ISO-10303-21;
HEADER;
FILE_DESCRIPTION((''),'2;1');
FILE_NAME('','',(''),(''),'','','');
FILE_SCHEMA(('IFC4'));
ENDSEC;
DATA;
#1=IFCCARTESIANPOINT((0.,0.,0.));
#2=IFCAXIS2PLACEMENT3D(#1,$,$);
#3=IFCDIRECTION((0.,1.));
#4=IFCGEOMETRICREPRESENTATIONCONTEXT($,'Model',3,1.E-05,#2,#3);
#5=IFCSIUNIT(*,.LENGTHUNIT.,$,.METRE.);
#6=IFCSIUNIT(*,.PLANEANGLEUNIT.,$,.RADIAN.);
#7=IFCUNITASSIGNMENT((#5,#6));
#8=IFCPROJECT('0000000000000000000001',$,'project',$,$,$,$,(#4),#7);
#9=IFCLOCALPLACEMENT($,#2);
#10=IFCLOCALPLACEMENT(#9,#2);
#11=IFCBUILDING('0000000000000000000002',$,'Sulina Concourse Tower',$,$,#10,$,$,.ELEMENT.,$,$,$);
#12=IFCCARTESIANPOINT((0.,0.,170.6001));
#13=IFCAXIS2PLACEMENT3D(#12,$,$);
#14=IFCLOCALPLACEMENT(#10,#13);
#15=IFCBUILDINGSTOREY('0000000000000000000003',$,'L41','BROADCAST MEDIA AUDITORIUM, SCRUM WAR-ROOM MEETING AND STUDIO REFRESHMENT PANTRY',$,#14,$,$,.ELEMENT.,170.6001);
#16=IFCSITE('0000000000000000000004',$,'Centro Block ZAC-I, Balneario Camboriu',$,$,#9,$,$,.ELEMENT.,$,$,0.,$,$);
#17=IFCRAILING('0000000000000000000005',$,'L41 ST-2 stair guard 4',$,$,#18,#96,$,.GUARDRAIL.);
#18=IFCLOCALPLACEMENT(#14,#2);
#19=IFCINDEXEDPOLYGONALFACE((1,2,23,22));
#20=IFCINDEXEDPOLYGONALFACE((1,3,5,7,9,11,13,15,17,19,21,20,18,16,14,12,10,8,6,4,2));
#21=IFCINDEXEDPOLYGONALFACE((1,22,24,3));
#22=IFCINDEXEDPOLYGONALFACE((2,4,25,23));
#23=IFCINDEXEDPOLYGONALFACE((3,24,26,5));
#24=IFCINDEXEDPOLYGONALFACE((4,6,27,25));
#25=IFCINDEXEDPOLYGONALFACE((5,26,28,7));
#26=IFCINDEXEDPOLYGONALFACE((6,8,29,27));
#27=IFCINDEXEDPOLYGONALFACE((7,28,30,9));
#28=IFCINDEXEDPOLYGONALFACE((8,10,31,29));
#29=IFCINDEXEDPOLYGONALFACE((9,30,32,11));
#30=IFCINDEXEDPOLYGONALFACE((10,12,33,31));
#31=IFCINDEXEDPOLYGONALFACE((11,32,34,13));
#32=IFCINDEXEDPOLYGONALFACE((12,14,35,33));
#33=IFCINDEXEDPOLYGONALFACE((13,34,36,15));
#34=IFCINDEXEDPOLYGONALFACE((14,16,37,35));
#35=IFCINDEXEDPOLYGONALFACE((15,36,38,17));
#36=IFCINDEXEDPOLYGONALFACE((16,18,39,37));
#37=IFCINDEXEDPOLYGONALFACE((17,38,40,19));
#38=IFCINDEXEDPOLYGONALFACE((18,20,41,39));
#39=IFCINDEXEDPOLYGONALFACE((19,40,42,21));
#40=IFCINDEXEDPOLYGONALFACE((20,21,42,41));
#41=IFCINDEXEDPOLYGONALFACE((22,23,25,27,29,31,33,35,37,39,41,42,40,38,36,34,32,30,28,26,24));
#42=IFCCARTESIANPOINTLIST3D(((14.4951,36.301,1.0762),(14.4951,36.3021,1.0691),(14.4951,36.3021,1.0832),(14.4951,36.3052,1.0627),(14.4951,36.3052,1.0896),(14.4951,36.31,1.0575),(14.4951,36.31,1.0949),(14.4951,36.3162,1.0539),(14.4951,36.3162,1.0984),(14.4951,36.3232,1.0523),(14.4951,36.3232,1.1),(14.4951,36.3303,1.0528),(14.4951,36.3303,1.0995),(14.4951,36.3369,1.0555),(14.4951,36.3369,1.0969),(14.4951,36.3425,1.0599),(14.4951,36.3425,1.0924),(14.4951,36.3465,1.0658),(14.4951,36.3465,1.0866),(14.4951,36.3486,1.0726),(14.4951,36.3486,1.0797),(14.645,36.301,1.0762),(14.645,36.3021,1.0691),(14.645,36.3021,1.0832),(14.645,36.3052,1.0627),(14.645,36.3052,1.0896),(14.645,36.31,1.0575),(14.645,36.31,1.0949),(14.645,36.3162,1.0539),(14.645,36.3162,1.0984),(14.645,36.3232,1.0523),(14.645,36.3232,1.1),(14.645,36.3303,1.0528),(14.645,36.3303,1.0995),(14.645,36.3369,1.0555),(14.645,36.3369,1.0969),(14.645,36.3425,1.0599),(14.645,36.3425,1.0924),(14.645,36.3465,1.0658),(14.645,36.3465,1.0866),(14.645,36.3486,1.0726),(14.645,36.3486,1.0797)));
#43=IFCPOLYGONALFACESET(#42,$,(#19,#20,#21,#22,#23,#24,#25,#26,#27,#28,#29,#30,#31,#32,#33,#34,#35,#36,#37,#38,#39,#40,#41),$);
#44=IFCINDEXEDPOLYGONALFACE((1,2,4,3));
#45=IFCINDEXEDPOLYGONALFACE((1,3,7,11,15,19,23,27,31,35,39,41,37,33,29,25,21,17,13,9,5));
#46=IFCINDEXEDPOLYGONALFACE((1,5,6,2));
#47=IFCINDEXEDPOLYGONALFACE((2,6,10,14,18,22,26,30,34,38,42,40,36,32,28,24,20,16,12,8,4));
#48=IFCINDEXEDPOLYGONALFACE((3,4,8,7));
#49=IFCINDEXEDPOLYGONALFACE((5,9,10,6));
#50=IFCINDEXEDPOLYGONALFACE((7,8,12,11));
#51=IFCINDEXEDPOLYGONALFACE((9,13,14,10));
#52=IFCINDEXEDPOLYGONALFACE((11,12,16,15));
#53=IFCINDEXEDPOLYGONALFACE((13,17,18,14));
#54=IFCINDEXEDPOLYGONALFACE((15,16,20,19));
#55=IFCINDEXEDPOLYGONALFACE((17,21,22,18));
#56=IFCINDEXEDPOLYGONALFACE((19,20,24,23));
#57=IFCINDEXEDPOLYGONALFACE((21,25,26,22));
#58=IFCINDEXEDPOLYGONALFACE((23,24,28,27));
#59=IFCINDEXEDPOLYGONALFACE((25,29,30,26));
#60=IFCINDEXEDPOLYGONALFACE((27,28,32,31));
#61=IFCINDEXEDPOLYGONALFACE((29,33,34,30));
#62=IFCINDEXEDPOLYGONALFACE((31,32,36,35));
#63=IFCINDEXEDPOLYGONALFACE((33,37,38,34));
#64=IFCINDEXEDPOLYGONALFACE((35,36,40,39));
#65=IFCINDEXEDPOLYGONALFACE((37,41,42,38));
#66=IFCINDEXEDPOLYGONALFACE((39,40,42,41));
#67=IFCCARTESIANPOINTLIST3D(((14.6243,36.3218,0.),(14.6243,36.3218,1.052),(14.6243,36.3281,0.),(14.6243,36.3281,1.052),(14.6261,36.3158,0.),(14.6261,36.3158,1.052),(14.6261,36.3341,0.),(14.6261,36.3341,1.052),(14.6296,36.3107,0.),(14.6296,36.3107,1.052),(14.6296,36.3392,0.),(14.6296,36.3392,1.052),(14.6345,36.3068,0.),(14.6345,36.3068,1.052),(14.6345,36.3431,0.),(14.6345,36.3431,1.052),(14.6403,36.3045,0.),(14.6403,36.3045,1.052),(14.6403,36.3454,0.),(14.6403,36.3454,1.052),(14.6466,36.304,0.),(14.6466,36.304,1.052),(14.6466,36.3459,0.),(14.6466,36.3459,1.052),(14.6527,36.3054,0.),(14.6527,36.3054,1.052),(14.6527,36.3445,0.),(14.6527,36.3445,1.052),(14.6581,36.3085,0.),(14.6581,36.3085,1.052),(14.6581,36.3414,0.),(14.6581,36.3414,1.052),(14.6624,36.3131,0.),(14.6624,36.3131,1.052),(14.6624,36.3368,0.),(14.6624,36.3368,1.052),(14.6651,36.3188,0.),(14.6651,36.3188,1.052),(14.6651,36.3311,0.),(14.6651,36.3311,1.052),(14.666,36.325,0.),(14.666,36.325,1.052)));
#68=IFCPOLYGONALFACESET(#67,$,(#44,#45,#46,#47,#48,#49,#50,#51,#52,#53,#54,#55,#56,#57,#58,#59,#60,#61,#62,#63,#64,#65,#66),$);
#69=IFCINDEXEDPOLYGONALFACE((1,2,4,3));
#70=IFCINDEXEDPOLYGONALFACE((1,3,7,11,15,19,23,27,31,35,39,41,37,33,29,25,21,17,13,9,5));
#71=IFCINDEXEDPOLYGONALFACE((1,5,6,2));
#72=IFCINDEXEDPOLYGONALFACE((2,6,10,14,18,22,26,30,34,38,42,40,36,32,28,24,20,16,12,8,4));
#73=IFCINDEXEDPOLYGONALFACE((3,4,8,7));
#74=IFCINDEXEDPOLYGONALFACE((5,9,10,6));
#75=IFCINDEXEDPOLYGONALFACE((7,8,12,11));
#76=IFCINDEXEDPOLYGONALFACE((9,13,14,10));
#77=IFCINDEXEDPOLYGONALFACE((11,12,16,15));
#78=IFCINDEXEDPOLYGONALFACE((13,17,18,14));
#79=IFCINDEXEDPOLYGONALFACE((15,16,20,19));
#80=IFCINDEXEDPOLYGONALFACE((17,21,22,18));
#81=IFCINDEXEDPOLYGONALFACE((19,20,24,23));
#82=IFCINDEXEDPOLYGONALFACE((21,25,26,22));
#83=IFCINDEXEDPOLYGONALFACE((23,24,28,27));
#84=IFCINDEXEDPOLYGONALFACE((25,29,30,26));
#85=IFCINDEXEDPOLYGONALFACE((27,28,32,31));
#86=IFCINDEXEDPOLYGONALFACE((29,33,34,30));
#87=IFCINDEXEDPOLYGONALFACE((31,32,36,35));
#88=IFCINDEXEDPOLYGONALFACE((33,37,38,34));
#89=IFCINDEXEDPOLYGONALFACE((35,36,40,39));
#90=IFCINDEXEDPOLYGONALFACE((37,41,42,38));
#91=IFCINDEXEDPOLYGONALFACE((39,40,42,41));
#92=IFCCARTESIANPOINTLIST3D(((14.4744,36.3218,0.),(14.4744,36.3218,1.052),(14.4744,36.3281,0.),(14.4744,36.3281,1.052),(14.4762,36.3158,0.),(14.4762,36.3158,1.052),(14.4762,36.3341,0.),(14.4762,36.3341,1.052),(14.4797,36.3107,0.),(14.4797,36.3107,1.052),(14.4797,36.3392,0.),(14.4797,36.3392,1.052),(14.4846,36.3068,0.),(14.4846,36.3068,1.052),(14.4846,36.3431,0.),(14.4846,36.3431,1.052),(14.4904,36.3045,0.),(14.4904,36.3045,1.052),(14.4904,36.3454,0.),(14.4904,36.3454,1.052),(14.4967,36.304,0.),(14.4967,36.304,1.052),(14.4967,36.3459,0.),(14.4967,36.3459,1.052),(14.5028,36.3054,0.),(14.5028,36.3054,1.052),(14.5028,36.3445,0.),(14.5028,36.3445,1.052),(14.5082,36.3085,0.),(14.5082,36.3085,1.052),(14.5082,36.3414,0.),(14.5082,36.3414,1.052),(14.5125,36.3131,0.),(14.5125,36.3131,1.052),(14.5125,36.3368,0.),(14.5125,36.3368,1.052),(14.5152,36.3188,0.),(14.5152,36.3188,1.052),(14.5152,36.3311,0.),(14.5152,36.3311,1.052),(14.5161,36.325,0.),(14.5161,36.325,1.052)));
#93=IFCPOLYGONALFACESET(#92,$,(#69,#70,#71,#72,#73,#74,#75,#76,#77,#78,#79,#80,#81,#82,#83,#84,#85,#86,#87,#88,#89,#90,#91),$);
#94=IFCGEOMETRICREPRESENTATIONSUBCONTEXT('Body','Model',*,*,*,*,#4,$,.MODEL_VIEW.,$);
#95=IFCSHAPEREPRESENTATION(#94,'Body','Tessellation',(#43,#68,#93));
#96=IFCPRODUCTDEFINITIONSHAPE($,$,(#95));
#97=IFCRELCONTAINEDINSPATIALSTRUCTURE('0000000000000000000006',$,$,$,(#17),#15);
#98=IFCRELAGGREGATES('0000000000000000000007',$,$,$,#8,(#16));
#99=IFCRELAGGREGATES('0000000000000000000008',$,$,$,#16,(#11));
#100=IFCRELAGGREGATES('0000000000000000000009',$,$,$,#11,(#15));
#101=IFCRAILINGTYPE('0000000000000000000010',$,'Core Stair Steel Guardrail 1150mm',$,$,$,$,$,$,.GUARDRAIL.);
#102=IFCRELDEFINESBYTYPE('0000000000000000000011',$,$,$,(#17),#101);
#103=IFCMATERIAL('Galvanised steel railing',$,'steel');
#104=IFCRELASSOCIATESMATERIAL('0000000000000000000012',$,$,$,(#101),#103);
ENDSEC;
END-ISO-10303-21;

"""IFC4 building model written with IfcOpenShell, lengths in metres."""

from ifc_helpers import new_model, si_unit, direction, frame, origin, origin_2d, place, context, subcontext, project, spatial, circle, extrude, material, type_object, element, save


model = new_model("IFC4")

# Units and contexts
model_context = context("Model", 3, precision=1e-05, world=origin(), true_north=direction((0.0, 1.0)))
body_context = subcontext(model_context, "Body", "Model", "MODEL_VIEW")
ifc_project = project(units=[si_unit("LENGTHUNIT", "METRE"), si_unit("PLANEANGLEUNIT", "RADIAN")], contexts=[model_context])

# Site, building, storey
site_placement = place(None, origin())
site = spatial("IfcSite", under=ifc_project, at=site_placement, Name="Centro Block ZAC-I, Balneario Camboriu", CompositionType="ELEMENT", RefElevation=0.0)
building_placement = place(site_placement, origin())
building = spatial("IfcBuilding", under=site, at=building_placement, Name="Sulina Concourse Tower", CompositionType="ELEMENT")
storey_placement = place(building_placement, frame((0.0, 0.0, 170.6001)))
storey = spatial("IfcBuildingStorey", under=building, at=storey_placement, Name="L41", Description="BROADCAST MEDIA AUDITORIUM, SCRUM WAR-ROOM MEETING AND STUDIO REFRESHMENT PANTRY", CompositionType="ELEMENT", Elevation=170.6001)

# Railing
ifc_material_1 = material(Name="Galvanised steel railing", Category="steel")
railing_type_1 = type_object("IfcRailingType", Name="Core Stair Steel Guardrail 1150mm", PredefinedType="GUARDRAIL", material=ifc_material_1)
railing_1_placement = place(storey_placement, frame((14.645, 36.325, 0.0)))
element("IfcRailing", 1, at=railing_1_placement, inside=storey, type_object=railing_type_1, Name="L41 ST-2 stair guard 4", PredefinedType="GUARDRAIL", context=body_context, shape_type="SweptSolid", body=[
    extrude(circle(Radius=0.0239, at=origin_2d()), frame((0.0, 0.0, 1.0762), z_axis=(-1.0, 0.0, 0.0), x_axis=(0.0, -1.0, 0.0)), (0.0, 0.0, 1.0), 0.1499),
    extrude(circle(Radius=0.021, at=origin_2d()), origin(), (0.0, 0.0, 1.0), 1.052),
    extrude(circle(Radius=0.021, at=origin_2d()), frame((-0.1499, 0.0, 0.0)), (0.0, 0.0, 1.0), 1.052),
])

save(model, "model.ifc")
